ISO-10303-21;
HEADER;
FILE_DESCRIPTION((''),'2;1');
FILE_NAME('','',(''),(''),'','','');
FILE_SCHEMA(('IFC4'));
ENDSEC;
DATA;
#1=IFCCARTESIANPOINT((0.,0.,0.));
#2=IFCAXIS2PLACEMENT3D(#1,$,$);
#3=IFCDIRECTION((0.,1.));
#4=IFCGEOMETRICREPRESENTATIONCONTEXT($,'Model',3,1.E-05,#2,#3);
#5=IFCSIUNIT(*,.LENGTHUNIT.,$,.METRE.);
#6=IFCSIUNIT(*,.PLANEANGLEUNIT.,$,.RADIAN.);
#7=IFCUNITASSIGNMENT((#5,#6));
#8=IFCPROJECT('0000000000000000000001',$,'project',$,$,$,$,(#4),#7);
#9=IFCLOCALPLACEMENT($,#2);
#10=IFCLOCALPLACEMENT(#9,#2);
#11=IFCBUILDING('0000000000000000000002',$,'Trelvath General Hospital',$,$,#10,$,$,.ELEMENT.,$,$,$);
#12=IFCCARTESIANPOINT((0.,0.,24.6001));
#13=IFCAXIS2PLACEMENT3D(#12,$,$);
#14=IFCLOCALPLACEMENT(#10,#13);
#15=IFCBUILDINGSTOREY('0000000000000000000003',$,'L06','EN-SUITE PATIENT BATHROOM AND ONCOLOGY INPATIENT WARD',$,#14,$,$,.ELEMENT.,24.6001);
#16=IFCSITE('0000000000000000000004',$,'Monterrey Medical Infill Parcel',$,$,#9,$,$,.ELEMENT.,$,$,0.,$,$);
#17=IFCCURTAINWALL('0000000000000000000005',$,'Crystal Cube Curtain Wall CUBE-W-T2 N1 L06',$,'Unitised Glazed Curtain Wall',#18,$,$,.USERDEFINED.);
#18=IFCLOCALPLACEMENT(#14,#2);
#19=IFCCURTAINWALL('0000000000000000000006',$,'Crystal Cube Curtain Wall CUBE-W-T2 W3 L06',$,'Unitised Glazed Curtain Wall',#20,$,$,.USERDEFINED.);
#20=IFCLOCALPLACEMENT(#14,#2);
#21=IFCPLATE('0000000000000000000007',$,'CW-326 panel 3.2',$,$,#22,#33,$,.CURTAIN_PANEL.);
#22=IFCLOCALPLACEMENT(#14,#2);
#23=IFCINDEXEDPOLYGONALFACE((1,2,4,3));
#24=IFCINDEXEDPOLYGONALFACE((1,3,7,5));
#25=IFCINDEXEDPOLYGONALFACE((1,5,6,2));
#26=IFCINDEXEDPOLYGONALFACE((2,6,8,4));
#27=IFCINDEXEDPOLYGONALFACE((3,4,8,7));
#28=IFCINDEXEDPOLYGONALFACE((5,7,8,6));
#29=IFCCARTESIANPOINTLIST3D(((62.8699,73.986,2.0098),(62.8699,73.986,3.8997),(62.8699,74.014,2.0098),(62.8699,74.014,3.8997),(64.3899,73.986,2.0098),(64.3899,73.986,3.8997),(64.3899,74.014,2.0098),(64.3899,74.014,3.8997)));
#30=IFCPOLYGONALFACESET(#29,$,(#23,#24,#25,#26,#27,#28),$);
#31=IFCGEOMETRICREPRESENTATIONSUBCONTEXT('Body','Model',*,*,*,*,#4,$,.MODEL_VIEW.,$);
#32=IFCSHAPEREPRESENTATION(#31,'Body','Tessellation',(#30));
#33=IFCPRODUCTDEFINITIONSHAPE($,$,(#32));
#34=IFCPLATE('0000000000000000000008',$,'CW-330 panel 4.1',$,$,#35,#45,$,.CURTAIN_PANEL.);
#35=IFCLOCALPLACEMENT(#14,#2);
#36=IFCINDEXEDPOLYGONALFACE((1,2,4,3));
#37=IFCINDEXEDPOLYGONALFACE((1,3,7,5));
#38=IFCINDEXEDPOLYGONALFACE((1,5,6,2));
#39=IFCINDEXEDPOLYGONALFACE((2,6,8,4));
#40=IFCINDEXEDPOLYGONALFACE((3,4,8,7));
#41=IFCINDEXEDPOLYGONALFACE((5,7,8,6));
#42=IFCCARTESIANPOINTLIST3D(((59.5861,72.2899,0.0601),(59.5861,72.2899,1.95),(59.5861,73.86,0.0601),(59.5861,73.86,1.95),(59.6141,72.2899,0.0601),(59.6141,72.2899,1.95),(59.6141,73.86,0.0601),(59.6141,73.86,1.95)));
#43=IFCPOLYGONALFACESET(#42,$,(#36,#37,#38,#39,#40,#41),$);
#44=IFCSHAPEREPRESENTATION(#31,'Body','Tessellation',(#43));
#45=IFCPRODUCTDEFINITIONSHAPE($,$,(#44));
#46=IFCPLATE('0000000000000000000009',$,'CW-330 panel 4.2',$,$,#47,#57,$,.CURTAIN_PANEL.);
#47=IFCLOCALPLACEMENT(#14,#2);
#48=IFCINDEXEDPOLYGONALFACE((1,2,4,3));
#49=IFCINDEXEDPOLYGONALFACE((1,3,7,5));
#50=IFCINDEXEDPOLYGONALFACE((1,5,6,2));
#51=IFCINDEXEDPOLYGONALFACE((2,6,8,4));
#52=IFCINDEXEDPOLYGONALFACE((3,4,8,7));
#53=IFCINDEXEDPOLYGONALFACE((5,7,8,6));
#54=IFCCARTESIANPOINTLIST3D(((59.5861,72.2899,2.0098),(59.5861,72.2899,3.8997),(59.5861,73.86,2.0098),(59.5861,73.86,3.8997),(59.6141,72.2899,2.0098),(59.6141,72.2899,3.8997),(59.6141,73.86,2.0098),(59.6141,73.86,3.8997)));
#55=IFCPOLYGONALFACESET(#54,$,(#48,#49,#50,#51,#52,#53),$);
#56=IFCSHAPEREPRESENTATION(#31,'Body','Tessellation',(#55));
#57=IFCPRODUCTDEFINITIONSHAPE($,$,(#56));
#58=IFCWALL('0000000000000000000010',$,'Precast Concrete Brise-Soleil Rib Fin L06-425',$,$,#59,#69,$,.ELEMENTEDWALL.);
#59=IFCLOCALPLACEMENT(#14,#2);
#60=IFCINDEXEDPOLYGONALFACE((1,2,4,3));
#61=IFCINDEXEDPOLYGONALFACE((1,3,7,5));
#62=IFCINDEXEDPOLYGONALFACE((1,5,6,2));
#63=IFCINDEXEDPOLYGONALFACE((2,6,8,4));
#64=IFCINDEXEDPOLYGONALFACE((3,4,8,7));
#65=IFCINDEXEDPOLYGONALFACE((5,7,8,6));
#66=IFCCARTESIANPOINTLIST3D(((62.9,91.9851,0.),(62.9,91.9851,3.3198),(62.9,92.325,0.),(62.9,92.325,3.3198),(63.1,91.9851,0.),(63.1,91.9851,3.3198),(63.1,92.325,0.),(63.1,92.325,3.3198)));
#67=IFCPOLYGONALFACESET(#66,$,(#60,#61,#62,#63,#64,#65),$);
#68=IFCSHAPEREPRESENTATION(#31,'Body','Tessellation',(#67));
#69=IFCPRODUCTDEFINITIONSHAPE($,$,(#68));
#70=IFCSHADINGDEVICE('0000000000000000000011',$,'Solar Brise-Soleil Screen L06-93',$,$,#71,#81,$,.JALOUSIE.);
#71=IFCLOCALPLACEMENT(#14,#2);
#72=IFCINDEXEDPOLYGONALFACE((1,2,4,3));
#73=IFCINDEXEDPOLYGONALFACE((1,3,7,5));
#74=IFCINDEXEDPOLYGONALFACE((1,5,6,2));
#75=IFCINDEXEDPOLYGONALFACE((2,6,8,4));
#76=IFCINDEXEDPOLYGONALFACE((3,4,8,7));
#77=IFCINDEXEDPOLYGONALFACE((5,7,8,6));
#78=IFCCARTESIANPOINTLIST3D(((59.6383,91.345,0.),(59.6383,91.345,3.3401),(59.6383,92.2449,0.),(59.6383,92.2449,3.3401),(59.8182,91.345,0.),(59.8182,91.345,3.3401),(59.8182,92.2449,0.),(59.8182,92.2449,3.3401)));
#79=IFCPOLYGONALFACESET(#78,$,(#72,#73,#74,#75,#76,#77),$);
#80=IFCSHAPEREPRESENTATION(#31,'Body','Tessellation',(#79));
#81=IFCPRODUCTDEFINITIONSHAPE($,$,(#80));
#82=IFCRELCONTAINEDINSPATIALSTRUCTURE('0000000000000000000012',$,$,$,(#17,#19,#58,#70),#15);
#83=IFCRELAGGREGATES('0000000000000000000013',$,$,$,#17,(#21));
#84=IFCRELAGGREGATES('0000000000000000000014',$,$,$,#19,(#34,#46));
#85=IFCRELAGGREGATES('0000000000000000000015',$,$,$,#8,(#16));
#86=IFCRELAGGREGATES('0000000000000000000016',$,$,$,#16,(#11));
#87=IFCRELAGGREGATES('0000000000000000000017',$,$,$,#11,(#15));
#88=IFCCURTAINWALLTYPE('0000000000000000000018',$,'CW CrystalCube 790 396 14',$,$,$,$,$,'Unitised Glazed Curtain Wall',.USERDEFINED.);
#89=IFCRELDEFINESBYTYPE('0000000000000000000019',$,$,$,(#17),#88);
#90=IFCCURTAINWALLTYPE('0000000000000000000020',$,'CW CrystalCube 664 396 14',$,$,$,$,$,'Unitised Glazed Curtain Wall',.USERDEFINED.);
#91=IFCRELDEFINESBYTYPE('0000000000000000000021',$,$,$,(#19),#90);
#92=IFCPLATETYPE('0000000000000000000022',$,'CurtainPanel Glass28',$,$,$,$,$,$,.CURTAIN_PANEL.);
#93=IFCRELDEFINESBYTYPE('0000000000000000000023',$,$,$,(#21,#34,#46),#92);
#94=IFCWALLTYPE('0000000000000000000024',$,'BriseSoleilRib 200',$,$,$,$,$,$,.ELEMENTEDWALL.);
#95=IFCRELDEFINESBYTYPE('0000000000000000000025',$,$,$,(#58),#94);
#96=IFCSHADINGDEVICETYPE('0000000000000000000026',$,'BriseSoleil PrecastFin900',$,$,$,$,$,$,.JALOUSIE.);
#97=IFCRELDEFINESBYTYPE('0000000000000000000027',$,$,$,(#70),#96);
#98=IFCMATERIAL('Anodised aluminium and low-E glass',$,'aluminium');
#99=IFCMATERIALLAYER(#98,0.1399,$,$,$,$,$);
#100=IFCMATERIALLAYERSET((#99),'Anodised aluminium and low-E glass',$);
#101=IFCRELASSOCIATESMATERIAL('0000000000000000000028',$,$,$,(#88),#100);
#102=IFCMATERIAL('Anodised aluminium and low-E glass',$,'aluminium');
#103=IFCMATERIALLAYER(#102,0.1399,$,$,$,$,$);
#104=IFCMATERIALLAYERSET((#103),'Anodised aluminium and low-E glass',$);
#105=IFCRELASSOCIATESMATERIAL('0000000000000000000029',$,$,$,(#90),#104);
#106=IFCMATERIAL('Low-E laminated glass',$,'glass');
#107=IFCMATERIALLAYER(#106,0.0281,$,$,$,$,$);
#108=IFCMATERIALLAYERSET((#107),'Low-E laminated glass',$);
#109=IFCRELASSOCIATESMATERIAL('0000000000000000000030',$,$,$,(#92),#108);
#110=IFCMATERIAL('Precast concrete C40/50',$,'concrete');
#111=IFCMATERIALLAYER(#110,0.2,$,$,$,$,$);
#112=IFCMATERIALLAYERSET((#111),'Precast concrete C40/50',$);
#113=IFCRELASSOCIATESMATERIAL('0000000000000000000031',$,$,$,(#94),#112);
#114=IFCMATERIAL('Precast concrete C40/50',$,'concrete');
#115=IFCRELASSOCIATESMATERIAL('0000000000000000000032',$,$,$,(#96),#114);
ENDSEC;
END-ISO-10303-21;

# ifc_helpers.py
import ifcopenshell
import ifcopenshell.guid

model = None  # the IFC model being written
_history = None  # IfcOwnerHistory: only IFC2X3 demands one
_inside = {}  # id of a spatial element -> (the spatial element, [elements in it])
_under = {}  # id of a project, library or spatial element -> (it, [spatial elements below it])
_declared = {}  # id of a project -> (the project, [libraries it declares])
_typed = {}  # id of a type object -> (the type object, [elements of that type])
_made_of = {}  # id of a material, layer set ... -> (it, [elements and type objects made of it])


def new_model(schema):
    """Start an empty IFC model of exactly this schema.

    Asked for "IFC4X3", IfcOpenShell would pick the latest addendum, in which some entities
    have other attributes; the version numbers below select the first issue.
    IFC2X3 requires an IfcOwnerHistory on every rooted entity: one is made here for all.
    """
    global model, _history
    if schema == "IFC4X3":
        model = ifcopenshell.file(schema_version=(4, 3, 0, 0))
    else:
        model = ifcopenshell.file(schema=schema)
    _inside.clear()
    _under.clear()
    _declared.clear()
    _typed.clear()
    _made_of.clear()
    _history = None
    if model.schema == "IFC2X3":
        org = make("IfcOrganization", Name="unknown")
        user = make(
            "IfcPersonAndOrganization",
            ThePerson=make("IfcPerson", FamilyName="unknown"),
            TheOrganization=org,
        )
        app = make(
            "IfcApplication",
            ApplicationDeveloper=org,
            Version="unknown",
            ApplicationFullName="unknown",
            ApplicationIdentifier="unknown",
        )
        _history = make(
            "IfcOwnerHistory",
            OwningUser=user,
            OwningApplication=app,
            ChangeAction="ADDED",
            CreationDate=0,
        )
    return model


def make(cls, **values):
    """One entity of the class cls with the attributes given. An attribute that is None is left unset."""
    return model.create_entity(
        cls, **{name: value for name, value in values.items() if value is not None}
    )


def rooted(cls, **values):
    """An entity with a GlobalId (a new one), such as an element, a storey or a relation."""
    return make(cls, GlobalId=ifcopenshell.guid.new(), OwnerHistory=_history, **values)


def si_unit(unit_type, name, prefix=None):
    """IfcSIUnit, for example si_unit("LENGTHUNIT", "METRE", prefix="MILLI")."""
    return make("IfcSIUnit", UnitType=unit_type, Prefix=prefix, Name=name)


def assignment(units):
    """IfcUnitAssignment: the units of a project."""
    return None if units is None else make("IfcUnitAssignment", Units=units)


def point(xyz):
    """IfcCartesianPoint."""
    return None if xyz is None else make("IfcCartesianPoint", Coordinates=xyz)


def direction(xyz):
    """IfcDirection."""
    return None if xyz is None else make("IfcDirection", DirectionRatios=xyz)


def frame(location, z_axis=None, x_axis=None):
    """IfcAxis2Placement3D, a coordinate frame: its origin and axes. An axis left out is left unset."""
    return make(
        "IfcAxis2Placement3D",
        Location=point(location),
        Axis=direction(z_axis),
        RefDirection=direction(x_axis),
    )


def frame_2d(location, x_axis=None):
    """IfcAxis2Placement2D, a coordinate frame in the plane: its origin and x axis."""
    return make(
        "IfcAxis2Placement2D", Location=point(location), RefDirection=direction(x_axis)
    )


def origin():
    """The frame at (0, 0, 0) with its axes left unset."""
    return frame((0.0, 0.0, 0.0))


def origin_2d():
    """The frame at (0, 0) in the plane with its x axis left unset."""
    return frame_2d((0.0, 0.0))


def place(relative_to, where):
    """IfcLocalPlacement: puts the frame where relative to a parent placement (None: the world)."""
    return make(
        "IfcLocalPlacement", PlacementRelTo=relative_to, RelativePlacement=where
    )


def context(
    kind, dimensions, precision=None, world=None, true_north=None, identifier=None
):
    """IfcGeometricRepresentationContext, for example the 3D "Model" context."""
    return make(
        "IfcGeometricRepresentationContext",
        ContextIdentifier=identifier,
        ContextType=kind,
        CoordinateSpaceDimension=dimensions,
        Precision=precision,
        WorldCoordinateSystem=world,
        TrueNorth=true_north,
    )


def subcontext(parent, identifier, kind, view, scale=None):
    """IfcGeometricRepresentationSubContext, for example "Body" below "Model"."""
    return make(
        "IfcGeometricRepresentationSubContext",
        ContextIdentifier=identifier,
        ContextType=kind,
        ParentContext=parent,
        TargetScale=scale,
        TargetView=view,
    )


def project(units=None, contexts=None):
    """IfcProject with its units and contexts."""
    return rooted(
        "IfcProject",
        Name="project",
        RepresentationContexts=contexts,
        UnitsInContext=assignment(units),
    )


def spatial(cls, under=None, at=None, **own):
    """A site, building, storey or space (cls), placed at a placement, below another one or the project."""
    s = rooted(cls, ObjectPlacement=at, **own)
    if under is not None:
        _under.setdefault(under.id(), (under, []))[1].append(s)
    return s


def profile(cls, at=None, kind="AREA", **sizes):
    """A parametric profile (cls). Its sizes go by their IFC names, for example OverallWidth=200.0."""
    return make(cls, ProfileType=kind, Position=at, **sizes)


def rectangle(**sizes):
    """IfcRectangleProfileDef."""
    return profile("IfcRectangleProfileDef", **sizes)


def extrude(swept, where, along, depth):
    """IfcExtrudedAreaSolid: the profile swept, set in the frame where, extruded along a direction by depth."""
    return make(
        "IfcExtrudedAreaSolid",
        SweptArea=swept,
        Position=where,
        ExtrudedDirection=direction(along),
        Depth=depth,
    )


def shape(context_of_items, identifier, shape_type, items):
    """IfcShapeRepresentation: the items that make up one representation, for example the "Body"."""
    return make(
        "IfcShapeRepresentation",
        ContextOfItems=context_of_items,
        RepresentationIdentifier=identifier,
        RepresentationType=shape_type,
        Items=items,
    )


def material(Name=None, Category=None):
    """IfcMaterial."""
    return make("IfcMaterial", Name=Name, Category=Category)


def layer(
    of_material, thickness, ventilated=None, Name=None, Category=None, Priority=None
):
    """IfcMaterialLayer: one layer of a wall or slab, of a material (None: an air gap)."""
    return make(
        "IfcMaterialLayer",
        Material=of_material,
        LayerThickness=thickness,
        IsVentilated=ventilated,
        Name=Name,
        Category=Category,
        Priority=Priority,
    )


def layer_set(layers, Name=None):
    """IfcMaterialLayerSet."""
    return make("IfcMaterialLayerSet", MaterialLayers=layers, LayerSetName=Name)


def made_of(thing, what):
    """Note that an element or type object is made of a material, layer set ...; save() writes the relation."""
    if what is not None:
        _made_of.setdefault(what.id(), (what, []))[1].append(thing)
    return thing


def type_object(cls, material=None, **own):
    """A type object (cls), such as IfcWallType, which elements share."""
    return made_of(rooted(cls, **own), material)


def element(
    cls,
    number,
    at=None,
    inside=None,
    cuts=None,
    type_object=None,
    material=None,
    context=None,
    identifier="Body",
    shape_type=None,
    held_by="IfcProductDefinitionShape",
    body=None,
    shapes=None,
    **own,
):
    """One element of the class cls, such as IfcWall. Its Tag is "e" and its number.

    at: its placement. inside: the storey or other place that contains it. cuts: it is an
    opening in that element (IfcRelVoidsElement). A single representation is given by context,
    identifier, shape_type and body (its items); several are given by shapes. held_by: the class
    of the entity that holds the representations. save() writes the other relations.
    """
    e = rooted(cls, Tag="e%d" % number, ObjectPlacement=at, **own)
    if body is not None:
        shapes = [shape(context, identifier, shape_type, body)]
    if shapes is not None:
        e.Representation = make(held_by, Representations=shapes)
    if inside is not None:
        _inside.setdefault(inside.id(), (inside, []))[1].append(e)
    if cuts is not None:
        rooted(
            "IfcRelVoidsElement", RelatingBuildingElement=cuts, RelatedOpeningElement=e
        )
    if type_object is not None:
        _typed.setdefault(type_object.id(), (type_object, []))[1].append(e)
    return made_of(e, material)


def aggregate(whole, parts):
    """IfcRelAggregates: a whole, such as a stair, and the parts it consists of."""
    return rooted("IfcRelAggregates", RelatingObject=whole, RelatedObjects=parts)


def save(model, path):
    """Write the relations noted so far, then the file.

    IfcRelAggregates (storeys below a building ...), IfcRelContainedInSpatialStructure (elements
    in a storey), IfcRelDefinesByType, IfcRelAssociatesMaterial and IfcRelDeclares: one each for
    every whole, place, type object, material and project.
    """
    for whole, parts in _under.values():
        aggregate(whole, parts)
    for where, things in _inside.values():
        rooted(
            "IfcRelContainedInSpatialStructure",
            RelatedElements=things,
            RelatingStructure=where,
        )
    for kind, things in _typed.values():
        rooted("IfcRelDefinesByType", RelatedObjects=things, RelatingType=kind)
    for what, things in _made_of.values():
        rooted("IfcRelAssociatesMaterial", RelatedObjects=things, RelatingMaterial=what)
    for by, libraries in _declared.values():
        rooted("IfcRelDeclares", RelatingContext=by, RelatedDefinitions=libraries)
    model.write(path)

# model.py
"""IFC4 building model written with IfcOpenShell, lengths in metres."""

from ifc_helpers import new_model, si_unit, direction, frame, frame_2d, origin, origin_2d, place, context, subcontext, project, spatial, rectangle, extrude, material, layer, layer_set, type_object, element, aggregate, save


model = new_model("IFC4")

# Units and contexts
model_context = context("Model", 3, precision=1e-05, world=origin(), true_north=direction((0.0, 1.0)))
body_context = subcontext(model_context, "Body", "Model", "MODEL_VIEW")
ifc_project = project(units=[si_unit("LENGTHUNIT", "METRE"), si_unit("PLANEANGLEUNIT", "RADIAN")], contexts=[model_context])

# Site, building, storey
site_placement = place(None, origin())
site = spatial("IfcSite", under=ifc_project, at=site_placement, Name="Monterrey Medical Infill Parcel", CompositionType="ELEMENT", RefElevation=0.0)
building_placement = place(site_placement, origin())
building = spatial("IfcBuilding", under=site, at=building_placement, Name="Trelvath General Hospital", CompositionType="ELEMENT")
storey_placement = place(building_placement, frame((0.0, 0.0, 24.6001)))
storey = spatial("IfcBuildingStorey", under=building, at=storey_placement, Name="L06", Description="EN-SUITE PATIENT BATHROOM AND ONCOLOGY INPATIENT WARD", CompositionType="ELEMENT", Elevation=24.6001)

# Curtain wall
ifc_material_1 = material(Name="Anodised aluminium and low-E glass", Category="aluminium")
ifc_layer_1 = layer(ifc_material_1, 0.1399)
ifc_layer_set_1 = layer_set([ifc_layer_1], Name="Anodised aluminium and low-E glass")
curtain_wall_type_1 = type_object("IfcCurtainWallType", Name="CW CrystalCube 790 396 14", ElementType="Unitised Glazed Curtain Wall", PredefinedType="USERDEFINED", material=ifc_layer_set_1)
curtain_wall_1_placement = place(storey_placement, origin())
curtain_wall_1 = element("IfcCurtainWall", 1, at=curtain_wall_1_placement, inside=storey, type_object=curtain_wall_type_1, Name="Crystal Cube Curtain Wall CUBE-W-T2 N1 L06", ObjectType="Unitised Glazed Curtain Wall", PredefinedType="USERDEFINED")

# Curtain wall
ifc_material_2 = material(Name="Anodised aluminium and low-E glass", Category="aluminium")
ifc_layer_2 = layer(ifc_material_2, 0.1399)
ifc_layer_set_2 = layer_set([ifc_layer_2], Name="Anodised aluminium and low-E glass")
curtain_wall_type_2 = type_object("IfcCurtainWallType", Name="CW CrystalCube 664 396 14", ElementType="Unitised Glazed Curtain Wall", PredefinedType="USERDEFINED", material=ifc_layer_set_2)
curtain_wall_2_placement = place(storey_placement, origin())
curtain_wall_2 = element("IfcCurtainWall", 2, at=curtain_wall_2_placement, inside=storey, type_object=curtain_wall_type_2, Name="Crystal Cube Curtain Wall CUBE-W-T2 W3 L06", ObjectType="Unitised Glazed Curtain Wall", PredefinedType="USERDEFINED")

# Plates
ifc_material_3 = material(Name="Low-E laminated glass", Category="glass")
ifc_layer_3 = layer(ifc_material_3, 0.0281)
ifc_layer_set_3 = layer_set([ifc_layer_3], Name="Low-E laminated glass")
plate_type = type_object("IfcPlateType", Name="CurtainPanel Glass28", PredefinedType="CURTAIN_PANEL", material=ifc_layer_set_3)
plate_1_placement = place(storey_placement, frame((63.6299, 74.0, 2.0098), z_axis=(0.0, 0.0, 1.0), x_axis=(1.0, 0.0, 0.0)))
plate_1 = element("IfcPlate", 3, at=plate_1_placement, type_object=plate_type, Name="CW-326 panel 3.2", PredefinedType="CURTAIN_PANEL", context=body_context, shape_type="SweptSolid", body=[
    extrude(rectangle(XDim=1.52, YDim=0.0281, at=origin_2d()), origin(), (0.0, 0.0, 1.0), 1.8899),
])
aggregate(curtain_wall_1, [plate_1])
plate_2_placement = place(storey_placement, frame((59.6001, 73.075, 0.0601), z_axis=(0.0, 0.0, 1.0), x_axis=(0.0, 1.0, 0.0)))
plate_2 = element("IfcPlate", 4, at=plate_2_placement, type_object=plate_type, Name="CW-330 panel 4.1", PredefinedType="CURTAIN_PANEL", context=body_context, shape_type="SweptSolid", body=[
    extrude(rectangle(XDim=1.5701, YDim=0.0281, at=origin_2d()), origin(), (0.0, 0.0, 1.0), 1.8899),
])
plate_3_placement = place(storey_placement, frame((59.6001, 73.075, 2.0098), z_axis=(0.0, 0.0, 1.0), x_axis=(0.0, 1.0, 0.0)))
plate_3 = element("IfcPlate", 5, at=plate_3_placement, type_object=plate_type, Name="CW-330 panel 4.2", PredefinedType="CURTAIN_PANEL", context=body_context, shape_type="SweptSolid", body=[
    extrude(rectangle(XDim=1.5701, YDim=0.0281, at=origin_2d()), origin(), (0.0, 0.0, 1.0), 1.8899),
])
aggregate(curtain_wall_2, [plate_2, plate_3])

# Wall
ifc_material_4 = material(Name="Precast concrete C40/50", Category="concrete")
ifc_layer_4 = layer(ifc_material_4, 0.2)
ifc_layer_set_4 = layer_set([ifc_layer_4], Name="Precast concrete C40/50")
wall_type = type_object("IfcWallType", Name="BriseSoleilRib 200", PredefinedType="ELEMENTEDWALL", material=ifc_layer_set_4)
wall_placement = place(storey_placement, frame((63.0, 92.325, 0.0), z_axis=(0.0, 0.0, 1.0), x_axis=(0.0, -1.0, 0.0)))
element("IfcWall", 6, at=wall_placement, inside=storey, type_object=wall_type, Name="Precast Concrete Brise-Soleil Rib Fin L06-425", PredefinedType="ELEMENTEDWALL", context=body_context, shape_type="SweptSolid", body=[
    extrude(rectangle(XDim=0.3398, YDim=0.2, at=frame_2d((0.1699, 0.0))), origin(), (0.0, 0.0, 1.0), 3.3198),
])

# Shading device
ifc_material_5 = material(Name="Precast concrete C40/50", Category="concrete")
shading_device_type = type_object("IfcShadingDeviceType", Name="BriseSoleil PrecastFin900", PredefinedType="JALOUSIE", material=ifc_material_5)
shading_device_placement = place(storey_placement, frame((59.7283, 91.7949, 0.0), z_axis=(0.0, 0.0, 1.0), x_axis=(0.0, -1.0, 0.0)))
element("IfcShadingDevice", 7, at=shading_device_placement, inside=storey, type_object=shading_device_type, Name="Solar Brise-Soleil Screen L06-93", PredefinedType="JALOUSIE", context=body_context, shape_type="SweptSolid", body=[
    extrude(rectangle(XDim=0.8999, YDim=0.1799, at=origin_2d()), origin(), (0.0, 0.0, 1.0), 3.3401),
])

save(model, "model.ifc")
